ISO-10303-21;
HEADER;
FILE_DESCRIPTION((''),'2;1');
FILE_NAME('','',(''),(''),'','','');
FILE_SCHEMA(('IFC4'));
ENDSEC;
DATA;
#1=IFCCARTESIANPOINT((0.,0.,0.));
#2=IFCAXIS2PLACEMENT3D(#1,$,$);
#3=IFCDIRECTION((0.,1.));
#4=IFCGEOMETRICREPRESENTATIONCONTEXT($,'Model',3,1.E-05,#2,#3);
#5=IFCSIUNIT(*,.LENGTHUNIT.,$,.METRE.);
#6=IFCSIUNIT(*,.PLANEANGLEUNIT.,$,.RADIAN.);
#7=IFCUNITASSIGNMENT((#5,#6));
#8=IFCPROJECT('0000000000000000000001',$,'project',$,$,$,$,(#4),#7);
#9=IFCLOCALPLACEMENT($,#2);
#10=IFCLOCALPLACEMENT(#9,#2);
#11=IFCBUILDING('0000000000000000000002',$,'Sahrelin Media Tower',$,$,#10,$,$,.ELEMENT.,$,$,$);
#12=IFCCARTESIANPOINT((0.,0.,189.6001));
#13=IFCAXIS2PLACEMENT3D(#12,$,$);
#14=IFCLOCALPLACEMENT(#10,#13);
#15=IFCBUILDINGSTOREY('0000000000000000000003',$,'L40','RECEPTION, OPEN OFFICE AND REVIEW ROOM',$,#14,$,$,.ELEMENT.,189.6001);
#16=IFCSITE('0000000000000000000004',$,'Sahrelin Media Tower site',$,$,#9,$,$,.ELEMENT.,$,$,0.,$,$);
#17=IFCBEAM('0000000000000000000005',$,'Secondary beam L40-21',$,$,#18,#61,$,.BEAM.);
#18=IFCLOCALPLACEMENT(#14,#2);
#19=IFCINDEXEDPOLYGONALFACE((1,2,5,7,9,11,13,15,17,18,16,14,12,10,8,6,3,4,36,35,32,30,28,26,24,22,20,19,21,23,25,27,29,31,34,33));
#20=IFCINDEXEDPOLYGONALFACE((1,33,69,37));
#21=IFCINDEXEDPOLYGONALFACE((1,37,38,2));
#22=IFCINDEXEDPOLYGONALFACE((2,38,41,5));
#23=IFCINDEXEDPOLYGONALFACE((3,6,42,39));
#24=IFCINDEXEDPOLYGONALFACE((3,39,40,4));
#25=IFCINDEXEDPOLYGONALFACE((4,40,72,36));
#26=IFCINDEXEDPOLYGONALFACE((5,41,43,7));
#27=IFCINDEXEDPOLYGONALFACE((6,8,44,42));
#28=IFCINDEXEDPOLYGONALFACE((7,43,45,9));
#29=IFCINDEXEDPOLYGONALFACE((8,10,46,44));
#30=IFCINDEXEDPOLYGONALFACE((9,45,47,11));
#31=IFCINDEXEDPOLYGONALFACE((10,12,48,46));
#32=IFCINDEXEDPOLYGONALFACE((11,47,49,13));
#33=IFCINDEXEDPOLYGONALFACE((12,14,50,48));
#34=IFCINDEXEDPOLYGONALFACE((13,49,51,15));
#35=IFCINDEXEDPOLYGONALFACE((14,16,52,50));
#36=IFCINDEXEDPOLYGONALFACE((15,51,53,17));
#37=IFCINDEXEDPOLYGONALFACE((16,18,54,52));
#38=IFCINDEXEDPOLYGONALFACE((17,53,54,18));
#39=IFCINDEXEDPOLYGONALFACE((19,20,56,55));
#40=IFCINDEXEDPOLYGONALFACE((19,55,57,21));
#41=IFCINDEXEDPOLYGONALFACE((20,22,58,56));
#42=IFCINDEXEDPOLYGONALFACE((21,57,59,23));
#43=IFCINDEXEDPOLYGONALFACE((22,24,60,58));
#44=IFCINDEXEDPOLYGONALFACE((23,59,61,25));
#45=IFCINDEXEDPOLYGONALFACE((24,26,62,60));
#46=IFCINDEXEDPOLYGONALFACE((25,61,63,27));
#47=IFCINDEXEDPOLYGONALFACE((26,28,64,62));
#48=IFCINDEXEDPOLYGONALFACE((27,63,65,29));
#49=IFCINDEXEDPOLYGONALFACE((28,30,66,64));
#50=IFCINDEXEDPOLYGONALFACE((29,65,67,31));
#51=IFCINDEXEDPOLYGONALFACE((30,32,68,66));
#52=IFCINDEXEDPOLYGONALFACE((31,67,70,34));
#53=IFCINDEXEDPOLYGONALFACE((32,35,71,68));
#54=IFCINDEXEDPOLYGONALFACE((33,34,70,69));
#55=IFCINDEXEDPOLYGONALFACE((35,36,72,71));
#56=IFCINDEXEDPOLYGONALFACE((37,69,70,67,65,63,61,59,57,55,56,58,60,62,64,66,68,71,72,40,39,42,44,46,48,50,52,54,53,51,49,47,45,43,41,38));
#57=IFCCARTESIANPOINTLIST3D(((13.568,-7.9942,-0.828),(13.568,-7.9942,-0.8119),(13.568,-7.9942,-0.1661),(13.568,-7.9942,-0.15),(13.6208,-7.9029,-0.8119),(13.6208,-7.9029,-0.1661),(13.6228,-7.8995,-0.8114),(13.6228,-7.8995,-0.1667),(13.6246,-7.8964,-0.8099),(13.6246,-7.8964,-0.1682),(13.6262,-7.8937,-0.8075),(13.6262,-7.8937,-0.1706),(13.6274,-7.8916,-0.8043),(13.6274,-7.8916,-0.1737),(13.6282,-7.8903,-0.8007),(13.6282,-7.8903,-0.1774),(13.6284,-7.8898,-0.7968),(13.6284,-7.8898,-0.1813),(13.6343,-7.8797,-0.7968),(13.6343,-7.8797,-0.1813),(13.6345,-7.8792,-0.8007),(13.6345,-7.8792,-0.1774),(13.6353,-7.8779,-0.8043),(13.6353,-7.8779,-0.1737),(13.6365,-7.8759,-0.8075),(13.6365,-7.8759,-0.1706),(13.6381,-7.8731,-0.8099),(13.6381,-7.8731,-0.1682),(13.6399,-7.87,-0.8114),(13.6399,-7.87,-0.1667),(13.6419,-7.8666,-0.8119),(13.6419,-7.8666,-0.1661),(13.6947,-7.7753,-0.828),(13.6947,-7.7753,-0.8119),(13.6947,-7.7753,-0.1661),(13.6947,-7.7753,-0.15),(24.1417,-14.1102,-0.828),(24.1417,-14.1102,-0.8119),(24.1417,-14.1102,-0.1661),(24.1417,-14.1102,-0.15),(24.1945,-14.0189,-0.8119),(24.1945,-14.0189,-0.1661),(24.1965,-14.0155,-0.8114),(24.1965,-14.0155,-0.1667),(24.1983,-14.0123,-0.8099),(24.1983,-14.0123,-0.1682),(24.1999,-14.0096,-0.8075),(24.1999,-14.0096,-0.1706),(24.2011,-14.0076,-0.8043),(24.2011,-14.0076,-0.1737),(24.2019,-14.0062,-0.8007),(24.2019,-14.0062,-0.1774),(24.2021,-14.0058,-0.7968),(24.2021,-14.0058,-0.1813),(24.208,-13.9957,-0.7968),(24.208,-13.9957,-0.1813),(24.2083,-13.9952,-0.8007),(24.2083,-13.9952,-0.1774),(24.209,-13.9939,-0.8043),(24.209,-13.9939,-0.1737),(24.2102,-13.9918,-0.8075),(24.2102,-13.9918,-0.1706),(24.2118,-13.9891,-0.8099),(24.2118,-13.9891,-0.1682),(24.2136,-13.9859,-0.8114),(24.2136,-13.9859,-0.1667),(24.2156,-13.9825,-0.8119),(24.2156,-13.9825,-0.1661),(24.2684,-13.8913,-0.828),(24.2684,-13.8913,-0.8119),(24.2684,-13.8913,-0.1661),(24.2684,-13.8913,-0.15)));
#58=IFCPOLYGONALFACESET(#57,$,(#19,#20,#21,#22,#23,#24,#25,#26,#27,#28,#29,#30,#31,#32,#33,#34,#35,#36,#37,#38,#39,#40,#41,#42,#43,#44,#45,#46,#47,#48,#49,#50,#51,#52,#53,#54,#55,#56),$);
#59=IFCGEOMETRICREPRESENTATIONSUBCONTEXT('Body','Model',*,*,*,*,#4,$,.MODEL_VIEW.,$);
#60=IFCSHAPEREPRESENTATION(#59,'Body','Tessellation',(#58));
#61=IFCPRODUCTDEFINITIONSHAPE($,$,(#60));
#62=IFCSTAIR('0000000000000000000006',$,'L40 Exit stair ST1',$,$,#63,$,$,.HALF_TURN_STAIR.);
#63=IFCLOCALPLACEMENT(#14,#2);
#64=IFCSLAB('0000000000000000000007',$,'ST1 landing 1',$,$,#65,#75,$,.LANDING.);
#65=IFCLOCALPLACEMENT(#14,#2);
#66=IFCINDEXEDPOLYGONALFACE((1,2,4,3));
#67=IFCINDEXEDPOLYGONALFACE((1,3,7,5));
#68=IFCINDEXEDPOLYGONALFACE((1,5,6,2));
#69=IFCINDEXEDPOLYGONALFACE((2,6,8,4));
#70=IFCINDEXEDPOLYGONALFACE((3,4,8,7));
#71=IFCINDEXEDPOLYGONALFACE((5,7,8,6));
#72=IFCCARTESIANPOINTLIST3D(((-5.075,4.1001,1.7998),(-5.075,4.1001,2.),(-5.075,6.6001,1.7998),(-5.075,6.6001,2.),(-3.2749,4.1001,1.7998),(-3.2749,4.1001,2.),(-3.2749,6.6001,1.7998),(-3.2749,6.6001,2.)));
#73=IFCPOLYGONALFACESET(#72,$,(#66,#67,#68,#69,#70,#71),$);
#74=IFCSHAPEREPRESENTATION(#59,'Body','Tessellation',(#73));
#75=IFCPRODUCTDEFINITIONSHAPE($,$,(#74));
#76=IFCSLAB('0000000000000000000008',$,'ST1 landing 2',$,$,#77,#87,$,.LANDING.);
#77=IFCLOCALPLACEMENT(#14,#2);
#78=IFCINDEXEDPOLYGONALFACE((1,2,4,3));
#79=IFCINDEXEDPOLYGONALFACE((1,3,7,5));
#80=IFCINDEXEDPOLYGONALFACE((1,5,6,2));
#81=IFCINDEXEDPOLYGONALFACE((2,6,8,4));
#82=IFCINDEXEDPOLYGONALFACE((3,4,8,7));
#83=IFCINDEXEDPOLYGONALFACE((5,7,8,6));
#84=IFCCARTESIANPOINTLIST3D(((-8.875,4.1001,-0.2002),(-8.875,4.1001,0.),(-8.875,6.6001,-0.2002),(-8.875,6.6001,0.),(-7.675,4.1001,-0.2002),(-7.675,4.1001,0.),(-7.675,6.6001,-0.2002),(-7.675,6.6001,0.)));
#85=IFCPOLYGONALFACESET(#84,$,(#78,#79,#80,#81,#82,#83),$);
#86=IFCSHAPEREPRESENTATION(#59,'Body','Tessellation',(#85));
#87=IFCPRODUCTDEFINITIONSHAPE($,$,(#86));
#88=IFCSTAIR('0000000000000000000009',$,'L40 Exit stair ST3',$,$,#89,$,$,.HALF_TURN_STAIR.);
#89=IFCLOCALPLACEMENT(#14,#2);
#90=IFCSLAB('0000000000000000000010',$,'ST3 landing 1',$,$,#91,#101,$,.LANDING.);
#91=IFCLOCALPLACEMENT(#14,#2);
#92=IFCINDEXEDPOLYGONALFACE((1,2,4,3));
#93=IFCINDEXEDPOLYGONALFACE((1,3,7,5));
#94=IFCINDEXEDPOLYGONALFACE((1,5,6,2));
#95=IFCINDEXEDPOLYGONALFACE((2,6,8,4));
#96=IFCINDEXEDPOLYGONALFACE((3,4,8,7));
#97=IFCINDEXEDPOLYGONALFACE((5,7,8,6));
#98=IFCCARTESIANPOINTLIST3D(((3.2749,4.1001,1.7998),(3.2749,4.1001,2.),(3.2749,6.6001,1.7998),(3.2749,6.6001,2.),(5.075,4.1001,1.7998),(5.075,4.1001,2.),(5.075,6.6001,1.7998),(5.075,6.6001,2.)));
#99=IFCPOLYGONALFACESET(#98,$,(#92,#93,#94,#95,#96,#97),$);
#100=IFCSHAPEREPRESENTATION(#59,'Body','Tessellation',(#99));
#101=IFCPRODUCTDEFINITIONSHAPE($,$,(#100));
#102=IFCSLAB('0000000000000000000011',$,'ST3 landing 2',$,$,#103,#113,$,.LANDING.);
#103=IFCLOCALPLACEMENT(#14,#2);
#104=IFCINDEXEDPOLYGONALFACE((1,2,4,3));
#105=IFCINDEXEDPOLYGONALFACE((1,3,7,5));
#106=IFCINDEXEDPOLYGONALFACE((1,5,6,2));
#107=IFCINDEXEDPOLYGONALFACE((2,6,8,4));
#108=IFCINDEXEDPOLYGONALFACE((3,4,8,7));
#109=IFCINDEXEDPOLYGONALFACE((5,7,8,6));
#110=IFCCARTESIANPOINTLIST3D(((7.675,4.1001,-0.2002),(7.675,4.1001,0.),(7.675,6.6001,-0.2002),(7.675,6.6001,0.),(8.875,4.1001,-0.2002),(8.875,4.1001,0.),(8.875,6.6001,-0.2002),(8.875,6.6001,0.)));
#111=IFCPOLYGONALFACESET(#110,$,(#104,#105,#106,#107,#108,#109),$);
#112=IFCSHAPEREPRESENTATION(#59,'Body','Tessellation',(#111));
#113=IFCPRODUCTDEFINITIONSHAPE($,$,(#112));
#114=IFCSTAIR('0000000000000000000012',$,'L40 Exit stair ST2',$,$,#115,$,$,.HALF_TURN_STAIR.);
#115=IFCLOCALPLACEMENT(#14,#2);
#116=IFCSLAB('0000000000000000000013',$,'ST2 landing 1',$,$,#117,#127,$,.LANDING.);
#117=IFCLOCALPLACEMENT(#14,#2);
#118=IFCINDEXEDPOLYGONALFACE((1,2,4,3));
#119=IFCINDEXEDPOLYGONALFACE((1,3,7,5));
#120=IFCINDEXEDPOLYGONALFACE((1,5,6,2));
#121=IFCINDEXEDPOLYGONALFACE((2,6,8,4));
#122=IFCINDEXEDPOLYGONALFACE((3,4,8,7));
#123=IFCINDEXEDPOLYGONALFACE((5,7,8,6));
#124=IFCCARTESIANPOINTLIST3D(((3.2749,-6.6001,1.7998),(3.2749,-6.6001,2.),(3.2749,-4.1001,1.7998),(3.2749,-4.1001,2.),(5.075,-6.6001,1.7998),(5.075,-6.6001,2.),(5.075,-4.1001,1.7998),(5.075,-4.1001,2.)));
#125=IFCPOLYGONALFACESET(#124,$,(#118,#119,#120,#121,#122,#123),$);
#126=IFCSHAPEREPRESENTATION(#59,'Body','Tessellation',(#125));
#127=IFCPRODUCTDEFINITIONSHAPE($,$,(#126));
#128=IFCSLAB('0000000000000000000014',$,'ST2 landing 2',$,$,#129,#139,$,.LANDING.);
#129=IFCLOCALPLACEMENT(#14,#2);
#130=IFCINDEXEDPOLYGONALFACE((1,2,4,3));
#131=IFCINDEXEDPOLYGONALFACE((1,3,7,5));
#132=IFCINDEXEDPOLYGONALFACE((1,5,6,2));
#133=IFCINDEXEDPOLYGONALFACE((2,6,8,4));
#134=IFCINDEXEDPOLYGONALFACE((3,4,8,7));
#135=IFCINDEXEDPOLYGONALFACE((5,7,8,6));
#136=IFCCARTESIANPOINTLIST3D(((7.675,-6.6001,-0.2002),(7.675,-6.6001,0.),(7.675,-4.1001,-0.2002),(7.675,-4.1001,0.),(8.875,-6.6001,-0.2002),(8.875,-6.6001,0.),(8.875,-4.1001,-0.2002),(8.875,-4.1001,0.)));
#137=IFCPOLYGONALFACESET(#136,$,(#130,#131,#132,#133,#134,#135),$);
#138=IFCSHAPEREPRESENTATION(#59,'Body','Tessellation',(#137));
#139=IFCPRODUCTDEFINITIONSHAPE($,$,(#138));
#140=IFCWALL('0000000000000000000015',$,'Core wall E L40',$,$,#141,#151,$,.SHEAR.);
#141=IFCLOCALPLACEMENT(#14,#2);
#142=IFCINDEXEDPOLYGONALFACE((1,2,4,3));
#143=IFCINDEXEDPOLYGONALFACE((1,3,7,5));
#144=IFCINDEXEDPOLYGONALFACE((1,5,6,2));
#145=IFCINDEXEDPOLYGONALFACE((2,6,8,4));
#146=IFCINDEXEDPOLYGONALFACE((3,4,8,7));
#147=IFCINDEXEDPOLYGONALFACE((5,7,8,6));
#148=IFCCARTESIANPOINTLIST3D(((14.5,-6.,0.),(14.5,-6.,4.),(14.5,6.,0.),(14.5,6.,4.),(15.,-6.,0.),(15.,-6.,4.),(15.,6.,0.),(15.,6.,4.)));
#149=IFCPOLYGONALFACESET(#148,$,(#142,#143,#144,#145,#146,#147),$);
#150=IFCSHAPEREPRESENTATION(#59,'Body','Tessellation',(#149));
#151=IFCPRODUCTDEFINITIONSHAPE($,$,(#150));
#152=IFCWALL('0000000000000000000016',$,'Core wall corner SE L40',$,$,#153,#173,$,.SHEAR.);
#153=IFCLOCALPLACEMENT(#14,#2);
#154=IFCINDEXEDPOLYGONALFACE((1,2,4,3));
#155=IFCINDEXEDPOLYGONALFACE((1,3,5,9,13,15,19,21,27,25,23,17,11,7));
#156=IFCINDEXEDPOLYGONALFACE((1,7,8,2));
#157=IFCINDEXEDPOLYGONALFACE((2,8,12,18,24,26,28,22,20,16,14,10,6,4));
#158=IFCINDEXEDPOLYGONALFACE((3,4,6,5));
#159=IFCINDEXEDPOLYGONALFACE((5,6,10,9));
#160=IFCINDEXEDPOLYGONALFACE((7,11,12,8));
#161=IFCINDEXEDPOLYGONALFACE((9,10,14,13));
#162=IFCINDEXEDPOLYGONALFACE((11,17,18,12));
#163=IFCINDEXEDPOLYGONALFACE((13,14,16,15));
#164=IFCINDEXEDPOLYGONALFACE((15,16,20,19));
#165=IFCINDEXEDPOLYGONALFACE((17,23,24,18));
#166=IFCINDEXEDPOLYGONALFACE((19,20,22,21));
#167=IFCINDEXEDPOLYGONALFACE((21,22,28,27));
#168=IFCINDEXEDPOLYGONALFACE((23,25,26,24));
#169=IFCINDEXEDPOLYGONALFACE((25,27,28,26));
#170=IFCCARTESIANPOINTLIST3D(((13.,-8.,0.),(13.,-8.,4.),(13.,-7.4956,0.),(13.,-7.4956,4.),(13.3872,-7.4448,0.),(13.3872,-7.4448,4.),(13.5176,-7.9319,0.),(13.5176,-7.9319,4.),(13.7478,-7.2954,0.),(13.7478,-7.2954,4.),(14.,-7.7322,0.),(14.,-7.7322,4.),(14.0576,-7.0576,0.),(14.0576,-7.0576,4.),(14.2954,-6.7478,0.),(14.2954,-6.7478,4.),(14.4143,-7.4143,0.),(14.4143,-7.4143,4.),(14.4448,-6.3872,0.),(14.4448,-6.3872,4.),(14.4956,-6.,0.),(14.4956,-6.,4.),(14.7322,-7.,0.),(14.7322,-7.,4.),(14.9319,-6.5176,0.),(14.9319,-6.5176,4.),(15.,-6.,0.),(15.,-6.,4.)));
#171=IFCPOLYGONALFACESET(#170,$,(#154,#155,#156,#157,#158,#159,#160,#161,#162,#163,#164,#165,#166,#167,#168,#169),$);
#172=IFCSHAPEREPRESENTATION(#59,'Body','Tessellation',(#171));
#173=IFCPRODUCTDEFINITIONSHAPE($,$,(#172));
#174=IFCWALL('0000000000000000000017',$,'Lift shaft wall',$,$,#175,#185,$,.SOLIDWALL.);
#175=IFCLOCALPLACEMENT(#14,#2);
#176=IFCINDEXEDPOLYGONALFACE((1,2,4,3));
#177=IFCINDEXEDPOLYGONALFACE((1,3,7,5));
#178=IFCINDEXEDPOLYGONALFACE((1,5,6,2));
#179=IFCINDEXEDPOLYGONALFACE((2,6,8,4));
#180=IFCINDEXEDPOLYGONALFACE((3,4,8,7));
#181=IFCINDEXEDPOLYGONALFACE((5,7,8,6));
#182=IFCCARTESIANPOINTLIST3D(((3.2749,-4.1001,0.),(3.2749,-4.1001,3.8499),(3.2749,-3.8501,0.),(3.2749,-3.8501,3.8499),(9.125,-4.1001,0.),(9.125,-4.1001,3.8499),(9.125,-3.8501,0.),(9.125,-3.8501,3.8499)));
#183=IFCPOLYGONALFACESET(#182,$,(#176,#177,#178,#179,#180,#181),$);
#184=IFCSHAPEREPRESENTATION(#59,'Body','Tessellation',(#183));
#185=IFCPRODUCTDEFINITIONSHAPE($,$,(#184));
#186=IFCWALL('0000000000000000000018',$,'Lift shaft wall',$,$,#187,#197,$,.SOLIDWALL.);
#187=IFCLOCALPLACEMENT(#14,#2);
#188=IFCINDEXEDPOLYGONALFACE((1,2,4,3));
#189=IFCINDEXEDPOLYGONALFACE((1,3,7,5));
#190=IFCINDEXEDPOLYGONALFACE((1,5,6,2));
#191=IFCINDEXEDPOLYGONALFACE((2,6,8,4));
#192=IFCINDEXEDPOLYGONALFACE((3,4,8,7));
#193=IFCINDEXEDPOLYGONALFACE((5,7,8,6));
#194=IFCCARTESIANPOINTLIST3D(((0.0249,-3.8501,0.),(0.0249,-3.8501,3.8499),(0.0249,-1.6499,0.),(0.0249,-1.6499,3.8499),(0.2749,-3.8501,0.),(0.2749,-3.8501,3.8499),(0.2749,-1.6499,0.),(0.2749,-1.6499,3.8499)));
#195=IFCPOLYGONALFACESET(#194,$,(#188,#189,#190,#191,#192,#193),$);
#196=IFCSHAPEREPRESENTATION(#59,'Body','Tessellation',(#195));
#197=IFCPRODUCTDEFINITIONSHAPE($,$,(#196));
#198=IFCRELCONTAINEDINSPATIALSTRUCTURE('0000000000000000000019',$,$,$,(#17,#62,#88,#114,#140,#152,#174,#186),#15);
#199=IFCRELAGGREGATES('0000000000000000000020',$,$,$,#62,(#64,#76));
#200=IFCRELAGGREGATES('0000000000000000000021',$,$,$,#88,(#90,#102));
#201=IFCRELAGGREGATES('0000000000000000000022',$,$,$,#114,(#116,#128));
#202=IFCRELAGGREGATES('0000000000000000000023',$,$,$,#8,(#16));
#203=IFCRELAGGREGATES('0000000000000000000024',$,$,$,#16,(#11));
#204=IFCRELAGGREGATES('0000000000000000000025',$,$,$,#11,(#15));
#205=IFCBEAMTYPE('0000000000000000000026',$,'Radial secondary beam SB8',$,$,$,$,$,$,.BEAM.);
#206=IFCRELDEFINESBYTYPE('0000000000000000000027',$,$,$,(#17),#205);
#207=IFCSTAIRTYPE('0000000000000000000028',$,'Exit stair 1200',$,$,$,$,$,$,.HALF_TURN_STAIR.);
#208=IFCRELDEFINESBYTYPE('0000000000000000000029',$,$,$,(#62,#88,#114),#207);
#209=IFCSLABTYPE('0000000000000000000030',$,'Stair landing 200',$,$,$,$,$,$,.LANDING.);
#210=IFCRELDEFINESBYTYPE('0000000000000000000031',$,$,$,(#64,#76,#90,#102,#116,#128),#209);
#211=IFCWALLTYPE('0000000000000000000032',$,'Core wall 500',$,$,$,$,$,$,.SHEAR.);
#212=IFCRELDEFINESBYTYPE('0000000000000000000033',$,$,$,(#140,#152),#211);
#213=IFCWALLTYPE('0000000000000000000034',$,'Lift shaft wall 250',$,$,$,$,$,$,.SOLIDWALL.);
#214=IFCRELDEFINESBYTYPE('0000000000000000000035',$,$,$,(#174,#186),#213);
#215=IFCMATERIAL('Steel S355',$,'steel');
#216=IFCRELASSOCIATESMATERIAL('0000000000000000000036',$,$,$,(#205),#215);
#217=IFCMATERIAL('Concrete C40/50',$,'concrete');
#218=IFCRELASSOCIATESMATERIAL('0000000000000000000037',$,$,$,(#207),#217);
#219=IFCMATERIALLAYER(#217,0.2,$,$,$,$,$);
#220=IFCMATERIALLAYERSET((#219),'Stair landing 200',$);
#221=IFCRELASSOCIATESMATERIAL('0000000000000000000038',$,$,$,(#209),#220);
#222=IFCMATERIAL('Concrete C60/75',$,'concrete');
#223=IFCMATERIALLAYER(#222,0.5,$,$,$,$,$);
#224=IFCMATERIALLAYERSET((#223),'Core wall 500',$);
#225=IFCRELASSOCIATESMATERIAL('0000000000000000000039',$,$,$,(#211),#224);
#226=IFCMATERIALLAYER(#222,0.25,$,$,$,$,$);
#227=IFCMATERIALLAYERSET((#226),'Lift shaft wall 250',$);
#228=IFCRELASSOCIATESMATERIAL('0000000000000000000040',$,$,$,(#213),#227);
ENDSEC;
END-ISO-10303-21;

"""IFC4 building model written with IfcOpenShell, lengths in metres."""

from ifc_helpers import new_model, si_unit, direction, frame, frame_2d, origin, origin_2d, place, context, subcontext, project, spatial, polyline, rectangle, i_section, outline, extrude, material, layer, layer_set, material_profile, profile_set, type_object, element, aggregate, save


model = new_model("IFC4")

# Units and contexts
model_context = context("Model", 3, precision=1e-05, world=origin(), true_north=direction((0.0, 1.0)))
body_context = subcontext(model_context, "Body", "Model", "MODEL_VIEW")
ifc_project = project(units=[si_unit("LENGTHUNIT", "METRE"), si_unit("PLANEANGLEUNIT", "RADIAN")], contexts=[model_context])

# Site, building, storey
site_placement = place(None, origin())
site = spatial("IfcSite", under=ifc_project, at=site_placement, Name="Sahrelin Media Tower site", CompositionType="ELEMENT", RefElevation=0.0)
building_placement = place(site_placement, origin())
building = spatial("IfcBuilding", under=site, at=building_placement, Name="Sahrelin Media Tower", CompositionType="ELEMENT")
storey_placement = place(building_placement, frame((0.0, 0.0, 189.6001)))
storey = spatial("IfcBuildingStorey", under=building, at=storey_placement, Name="L40", Description="RECEPTION, OPEN OFFICE AND REVIEW ROOM", CompositionType="ELEMENT", Elevation=189.6001)

# Beam
ifc_material_1 = material(Name="Steel S355", Category="steel")
ifc_material_profile = material_profile(ifc_material_1, i_section(OverallWidth=0.2529, OverallDepth=0.678, WebThickness=0.0117, FlangeThickness=0.0161, FilletRadius=0.0151, at=origin_2d()), Name="UB 686x254x125")
ifc_profile_set = profile_set([ifc_material_profile], Name="Steel S355")
beam_type = type_object("IfcBeamType", Name="Radial secondary beam SB8", PredefinedType="BEAM", material=ifc_profile_set)
beam_placement = place(storey_placement, frame((13.6313, -7.8848, -0.489), z_axis=(0.865627, -0.500689, 0.0), x_axis=(0.500689, 0.865627, 0.0)))
element("IfcBeam", 1, at=beam_placement, inside=storey, type_object=beam_type, Name="Secondary beam L40-21", PredefinedType="BEAM", context=body_context, shape_type="SweptSolid", body=[
    extrude(i_section(OverallWidth=0.2529, OverallDepth=0.678, WebThickness=0.0117, FlangeThickness=0.0161, FilletRadius=0.0151, at=origin_2d()), origin(), (0.0, 0.0, 1.0), 12.2151),
])

# Stairs, slabs
ifc_material_2 = material(Name="Concrete C40/50", Category="concrete")
stair_type = type_object("IfcStairType", Name="Exit stair 1200", PredefinedType="HALF_TURN_STAIR", material=ifc_material_2)
placement_1 = place(storey_placement, origin())
stair_1 = element("IfcStair", 2, at=placement_1, inside=storey, type_object=stair_type, Name="L40 Exit stair ST1", PredefinedType="HALF_TURN_STAIR")
ifc_layer_1 = layer(ifc_material_2, 0.2)
ifc_layer_set_1 = layer_set([ifc_layer_1], Name="Stair landing 200")
slab_type = type_object("IfcSlabType", Name="Stair landing 200", PredefinedType="LANDING", material=ifc_layer_set_1)
placement_2 = place(storey_placement, frame((0.0, 0.0, 1.7998)))
slab_1 = element("IfcSlab", 3, at=placement_2, type_object=slab_type, Name="ST1 landing 1", PredefinedType="LANDING", context=body_context, shape_type="SweptSolid", body=[
    extrude(outline(polyline([(-5.075, 4.1001), (-3.2749, 4.1001), (-3.2749, 6.6001), (-5.075, 6.6001), (-5.075, 4.1001)])), origin(), (0.0, 0.0, 1.0), 0.2002),
])
placement_3 = place(storey_placement, frame((0.0, 0.0, -0.2002)))
slab_2 = element("IfcSlab", 4, at=placement_3, type_object=slab_type, Name="ST1 landing 2", PredefinedType="LANDING", context=body_context, shape_type="SweptSolid", body=[
    extrude(outline(polyline([(-8.875, 4.1001), (-7.675, 4.1001), (-7.675, 6.6001), (-8.875, 6.6001), (-8.875, 4.1001)])), origin(), (0.0, 0.0, 1.0), 0.2002),
])
aggregate(stair_1, [slab_1, slab_2])
stair_2 = element("IfcStair", 5, at=placement_1, inside=storey, type_object=stair_type, Name="L40 Exit stair ST3", PredefinedType="HALF_TURN_STAIR")
slab_3 = element("IfcSlab", 6, at=placement_2, type_object=slab_type, Name="ST3 landing 1", PredefinedType="LANDING", context=body_context, shape_type="SweptSolid", body=[
    extrude(outline(polyline([(5.075, 6.6001), (3.2749, 6.6001), (3.2749, 4.1001), (5.075, 4.1001), (5.075, 6.6001)])), origin(), (0.0, 0.0, 1.0), 0.2002),
])
slab_4 = element("IfcSlab", 7, at=placement_3, type_object=slab_type, Name="ST3 landing 2", PredefinedType="LANDING", context=body_context, shape_type="SweptSolid", body=[
    extrude(outline(polyline([(8.875, 6.6001), (7.675, 6.6001), (7.675, 4.1001), (8.875, 4.1001), (8.875, 6.6001)])), origin(), (0.0, 0.0, 1.0), 0.2002),
])
aggregate(stair_2, [slab_3, slab_4])
stair_3 = element("IfcStair", 8, at=placement_1, inside=storey, type_object=stair_type, Name="L40 Exit stair ST2", PredefinedType="HALF_TURN_STAIR")
slab_5 = element("IfcSlab", 9, at=placement_2, type_object=slab_type, Name="ST2 landing 1", PredefinedType="LANDING", context=body_context, shape_type="SweptSolid", body=[
    extrude(outline(polyline([(5.075, -4.1001), (3.2749, -4.1001), (3.2749, -6.6001), (5.075, -6.6001), (5.075, -4.1001)])), origin(), (0.0, 0.0, 1.0), 0.2002),
])
slab_6 = element("IfcSlab", 10, at=placement_3, type_object=slab_type, Name="ST2 landing 2", PredefinedType="LANDING", context=body_context, shape_type="SweptSolid", body=[
    extrude(outline(polyline([(8.875, -4.1001), (7.675, -4.1001), (7.675, -6.6001), (8.875, -6.6001), (8.875, -4.1001)])), origin(), (0.0, 0.0, 1.0), 0.2002),
])
aggregate(stair_3, [slab_5, slab_6])

# Walls
ifc_material_3 = material(Name="Concrete C60/75", Category="concrete")
ifc_layer_2 = layer(ifc_material_3, 0.5)
ifc_layer_set_2 = layer_set([ifc_layer_2], Name="Core wall 500")
wall_type_1 = type_object("IfcWallType", Name="Core wall 500", PredefinedType="SHEAR", material=ifc_layer_set_2)
wall_1_placement = place(storey_placement, frame((14.75, -6.0, 0.0), z_axis=(0.0, 0.0, 1.0), x_axis=(0.0, 1.0, 0.0)))
element("IfcWall", 11, at=wall_1_placement, inside=storey, type_object=wall_type_1, Name="Core wall E L40", PredefinedType="SHEAR", context=body_context, shape_type="SweptSolid", body=[
    extrude(rectangle(XDim=12.0, YDim=0.5, at=frame_2d((6.0, 0.0))), origin(), (0.0, 0.0, 1.0), 4.0),
])
element("IfcWall", 12, at=placement_1, inside=storey, type_object=wall_type_1, Name="Core wall corner SE L40", PredefinedType="SHEAR", context=body_context, shape_type="SweptSolid", body=[
    extrude(outline(polyline([(15.0, -6.0), (14.4956, -6.0), (14.4448, -6.3872), (14.2954, -6.7478), (14.0576, -7.0576), (13.7478, -7.2954), (13.3872, -7.4448), (13.0, -7.4956), (13.0, -8.0), (13.5176, -7.9319), (14.0, -7.7322), (14.4143, -7.4143), (14.7322, -7.0), (14.9319, -6.5176), (15.0, -6.0)])), origin(), (0.0, 0.0, 1.0), 4.0),
])
ifc_layer_3 = layer(ifc_material_3, 0.25)
ifc_layer_set_3 = layer_set([ifc_layer_3], Name="Lift shaft wall 250")
wall_type_2 = type_object("IfcWallType", Name="Lift shaft wall 250", PredefinedType="SOLIDWALL", material=ifc_layer_set_3)
wall_2_placement = place(storey_placement, frame((3.2749, -3.9751, 0.0), z_axis=(0.0, 0.0, 1.0), x_axis=(1.0, 0.0, 0.0)))
element("IfcWall", 13, at=wall_2_placement, inside=storey, type_object=wall_type_2, Name="Lift shaft wall", PredefinedType="SOLIDWALL", context=body_context, shape_type="SweptSolid", body=[
    extrude(rectangle(XDim=5.8501, YDim=0.25, at=frame_2d((2.925, 0.0))), origin(), (0.0, 0.0, 1.0), 3.8499),
])
for number, where, z_axis, x_axis, name in (
    (14, (0.1499, -3.8501, 0.0), (0.0, 0.0, 1.0), (0.0, 1.0, 0.0), "Lift shaft wall"),
):
    element("IfcWall", number, at=place(storey_placement, frame(where, z_axis=z_axis, x_axis=x_axis)), inside=storey, type_object=wall_type_2, Name=name, PredefinedType="SOLIDWALL", context=body_context, shape_type="SweptSolid", body=[
        extrude(rectangle(XDim=2.2002, YDim=0.25, at=frame_2d((1.1001, 0.0))), origin(), (0.0, 0.0, 1.0), 3.8499),
    ])

save(model, "model.ifc")
